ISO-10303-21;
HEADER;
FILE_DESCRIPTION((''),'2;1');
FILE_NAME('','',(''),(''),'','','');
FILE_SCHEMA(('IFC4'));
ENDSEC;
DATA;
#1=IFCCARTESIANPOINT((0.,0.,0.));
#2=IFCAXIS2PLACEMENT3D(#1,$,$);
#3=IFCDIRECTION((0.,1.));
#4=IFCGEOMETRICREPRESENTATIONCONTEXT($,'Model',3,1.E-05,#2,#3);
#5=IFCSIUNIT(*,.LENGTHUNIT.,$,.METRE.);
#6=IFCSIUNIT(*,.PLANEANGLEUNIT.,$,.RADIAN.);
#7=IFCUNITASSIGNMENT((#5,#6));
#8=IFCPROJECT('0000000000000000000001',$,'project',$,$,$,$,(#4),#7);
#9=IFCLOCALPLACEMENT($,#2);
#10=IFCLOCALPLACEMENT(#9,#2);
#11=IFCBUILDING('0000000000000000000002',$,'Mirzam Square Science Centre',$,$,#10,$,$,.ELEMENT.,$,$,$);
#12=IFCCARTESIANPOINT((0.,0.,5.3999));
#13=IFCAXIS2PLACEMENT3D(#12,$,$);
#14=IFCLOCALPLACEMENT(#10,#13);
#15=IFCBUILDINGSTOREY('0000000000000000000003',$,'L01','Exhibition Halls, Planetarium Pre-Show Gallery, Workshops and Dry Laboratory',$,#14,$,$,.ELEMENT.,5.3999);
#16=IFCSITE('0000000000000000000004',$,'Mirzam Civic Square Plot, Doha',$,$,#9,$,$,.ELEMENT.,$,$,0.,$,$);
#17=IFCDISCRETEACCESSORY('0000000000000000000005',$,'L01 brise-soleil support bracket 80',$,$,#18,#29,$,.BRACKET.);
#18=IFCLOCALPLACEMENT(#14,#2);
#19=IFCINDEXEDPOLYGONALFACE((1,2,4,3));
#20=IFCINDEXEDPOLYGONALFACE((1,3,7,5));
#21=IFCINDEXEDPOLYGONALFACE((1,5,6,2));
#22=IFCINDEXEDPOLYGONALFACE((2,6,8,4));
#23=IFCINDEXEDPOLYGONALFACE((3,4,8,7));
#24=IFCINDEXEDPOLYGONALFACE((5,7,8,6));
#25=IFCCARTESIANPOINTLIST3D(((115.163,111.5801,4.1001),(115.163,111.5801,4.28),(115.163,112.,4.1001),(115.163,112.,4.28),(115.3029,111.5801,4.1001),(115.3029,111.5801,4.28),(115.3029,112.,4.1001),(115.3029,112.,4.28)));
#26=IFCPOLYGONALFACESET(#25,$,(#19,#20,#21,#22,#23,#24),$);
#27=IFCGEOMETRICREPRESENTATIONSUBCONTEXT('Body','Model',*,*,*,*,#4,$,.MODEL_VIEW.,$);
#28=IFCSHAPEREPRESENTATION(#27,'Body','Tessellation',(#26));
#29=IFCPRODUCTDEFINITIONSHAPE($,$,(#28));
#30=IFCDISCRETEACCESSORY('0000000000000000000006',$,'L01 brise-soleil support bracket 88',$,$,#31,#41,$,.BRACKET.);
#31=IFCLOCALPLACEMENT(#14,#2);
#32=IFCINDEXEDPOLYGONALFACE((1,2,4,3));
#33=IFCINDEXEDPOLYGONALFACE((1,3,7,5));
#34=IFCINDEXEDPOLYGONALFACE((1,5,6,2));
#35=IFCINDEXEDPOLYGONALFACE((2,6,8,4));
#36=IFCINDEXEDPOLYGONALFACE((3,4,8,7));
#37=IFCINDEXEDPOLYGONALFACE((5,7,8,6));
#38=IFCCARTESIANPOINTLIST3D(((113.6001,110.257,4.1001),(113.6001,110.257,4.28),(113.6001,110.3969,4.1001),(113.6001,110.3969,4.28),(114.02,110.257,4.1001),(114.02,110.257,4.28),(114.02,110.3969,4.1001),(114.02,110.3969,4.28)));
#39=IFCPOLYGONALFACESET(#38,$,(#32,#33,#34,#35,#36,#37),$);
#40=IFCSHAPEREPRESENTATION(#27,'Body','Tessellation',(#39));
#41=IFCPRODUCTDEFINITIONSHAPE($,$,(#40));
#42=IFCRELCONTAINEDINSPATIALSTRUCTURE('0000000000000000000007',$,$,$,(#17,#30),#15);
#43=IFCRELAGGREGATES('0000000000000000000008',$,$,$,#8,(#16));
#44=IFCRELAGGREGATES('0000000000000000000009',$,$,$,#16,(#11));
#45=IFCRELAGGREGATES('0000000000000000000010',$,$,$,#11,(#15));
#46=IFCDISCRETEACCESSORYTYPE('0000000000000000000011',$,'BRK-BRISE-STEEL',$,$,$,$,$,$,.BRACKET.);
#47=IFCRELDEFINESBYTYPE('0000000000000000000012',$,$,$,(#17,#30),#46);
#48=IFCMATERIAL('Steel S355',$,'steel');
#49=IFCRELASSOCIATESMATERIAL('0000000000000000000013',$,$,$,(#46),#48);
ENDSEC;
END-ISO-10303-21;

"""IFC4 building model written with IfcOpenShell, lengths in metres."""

from ifc_helpers import new_model, si_unit, direction, frame, origin, origin_2d, place, context, subcontext, project, spatial, rectangle, extrude, material, type_object, element, save


model = new_model("IFC4")

# Units and contexts
model_context = context("Model", 3, precision=1e-05, world=origin(), true_north=direction((0.0, 1.0)))
body_context = subcontext(model_context, "Body", "Model", "MODEL_VIEW")
ifc_project = project(units=[si_unit("LENGTHUNIT", "METRE"), si_unit("PLANEANGLEUNIT", "RADIAN")], contexts=[model_context])

# Site, building, storey
site_placement = place(None, origin())
site = spatial("IfcSite", under=ifc_project, at=site_placement, Name="Mirzam Civic Square Plot, Doha", CompositionType="ELEMENT", RefElevation=0.0)
building_placement = place(site_placement, origin())
building = spatial("IfcBuilding", under=site, at=building_placement, Name="Mirzam Square Science Centre", CompositionType="ELEMENT")
storey_placement = place(building_placement, frame((0.0, 0.0, 5.3999)))
storey = spatial("IfcBuildingStorey", under=building, at=storey_placement, Name="L01", Description="Exhibition Halls, Planetarium Pre-Show Gallery, Workshops and Dry Laboratory", CompositionType="ELEMENT", Elevation=5.3999)

# Shared definitions
ifc_material_1 = material(Name="Steel S355", Category="steel")

# Discrete accessories
discrete_accessory_type = type_object("IfcDiscreteAccessoryType", Name="BRK-BRISE-STEEL", PredefinedType="BRACKET", material=ifc_material_1)
for number, where, z_axis, x_axis, name in (
    (1, (115.2329, 111.79, 4.1001), (0.0, 0.0, 1.0), (-1.0, 0.0, 0.0), "L01 brise-soleil support bracket 80"),
    (2, (113.8101, 110.3269, 4.1001), (0.0, 0.0, 1.0), (0.0, -1.0, 0.0), "L01 brise-soleil support bracket 88"),
):
    element("IfcDiscreteAccessory", number, at=place(storey_placement, frame(where, z_axis=z_axis, x_axis=x_axis)), inside=storey, type_object=discrete_accessory_type, Name=name, PredefinedType="BRACKET", context=body_context, shape_type="SweptSolid", body=[
        extrude(rectangle(XDim=0.1399, YDim=0.4199, at=origin_2d()), origin(), (0.0, 0.0, 1.0), 0.1799),
    ])

save(model, "model.ifc")
